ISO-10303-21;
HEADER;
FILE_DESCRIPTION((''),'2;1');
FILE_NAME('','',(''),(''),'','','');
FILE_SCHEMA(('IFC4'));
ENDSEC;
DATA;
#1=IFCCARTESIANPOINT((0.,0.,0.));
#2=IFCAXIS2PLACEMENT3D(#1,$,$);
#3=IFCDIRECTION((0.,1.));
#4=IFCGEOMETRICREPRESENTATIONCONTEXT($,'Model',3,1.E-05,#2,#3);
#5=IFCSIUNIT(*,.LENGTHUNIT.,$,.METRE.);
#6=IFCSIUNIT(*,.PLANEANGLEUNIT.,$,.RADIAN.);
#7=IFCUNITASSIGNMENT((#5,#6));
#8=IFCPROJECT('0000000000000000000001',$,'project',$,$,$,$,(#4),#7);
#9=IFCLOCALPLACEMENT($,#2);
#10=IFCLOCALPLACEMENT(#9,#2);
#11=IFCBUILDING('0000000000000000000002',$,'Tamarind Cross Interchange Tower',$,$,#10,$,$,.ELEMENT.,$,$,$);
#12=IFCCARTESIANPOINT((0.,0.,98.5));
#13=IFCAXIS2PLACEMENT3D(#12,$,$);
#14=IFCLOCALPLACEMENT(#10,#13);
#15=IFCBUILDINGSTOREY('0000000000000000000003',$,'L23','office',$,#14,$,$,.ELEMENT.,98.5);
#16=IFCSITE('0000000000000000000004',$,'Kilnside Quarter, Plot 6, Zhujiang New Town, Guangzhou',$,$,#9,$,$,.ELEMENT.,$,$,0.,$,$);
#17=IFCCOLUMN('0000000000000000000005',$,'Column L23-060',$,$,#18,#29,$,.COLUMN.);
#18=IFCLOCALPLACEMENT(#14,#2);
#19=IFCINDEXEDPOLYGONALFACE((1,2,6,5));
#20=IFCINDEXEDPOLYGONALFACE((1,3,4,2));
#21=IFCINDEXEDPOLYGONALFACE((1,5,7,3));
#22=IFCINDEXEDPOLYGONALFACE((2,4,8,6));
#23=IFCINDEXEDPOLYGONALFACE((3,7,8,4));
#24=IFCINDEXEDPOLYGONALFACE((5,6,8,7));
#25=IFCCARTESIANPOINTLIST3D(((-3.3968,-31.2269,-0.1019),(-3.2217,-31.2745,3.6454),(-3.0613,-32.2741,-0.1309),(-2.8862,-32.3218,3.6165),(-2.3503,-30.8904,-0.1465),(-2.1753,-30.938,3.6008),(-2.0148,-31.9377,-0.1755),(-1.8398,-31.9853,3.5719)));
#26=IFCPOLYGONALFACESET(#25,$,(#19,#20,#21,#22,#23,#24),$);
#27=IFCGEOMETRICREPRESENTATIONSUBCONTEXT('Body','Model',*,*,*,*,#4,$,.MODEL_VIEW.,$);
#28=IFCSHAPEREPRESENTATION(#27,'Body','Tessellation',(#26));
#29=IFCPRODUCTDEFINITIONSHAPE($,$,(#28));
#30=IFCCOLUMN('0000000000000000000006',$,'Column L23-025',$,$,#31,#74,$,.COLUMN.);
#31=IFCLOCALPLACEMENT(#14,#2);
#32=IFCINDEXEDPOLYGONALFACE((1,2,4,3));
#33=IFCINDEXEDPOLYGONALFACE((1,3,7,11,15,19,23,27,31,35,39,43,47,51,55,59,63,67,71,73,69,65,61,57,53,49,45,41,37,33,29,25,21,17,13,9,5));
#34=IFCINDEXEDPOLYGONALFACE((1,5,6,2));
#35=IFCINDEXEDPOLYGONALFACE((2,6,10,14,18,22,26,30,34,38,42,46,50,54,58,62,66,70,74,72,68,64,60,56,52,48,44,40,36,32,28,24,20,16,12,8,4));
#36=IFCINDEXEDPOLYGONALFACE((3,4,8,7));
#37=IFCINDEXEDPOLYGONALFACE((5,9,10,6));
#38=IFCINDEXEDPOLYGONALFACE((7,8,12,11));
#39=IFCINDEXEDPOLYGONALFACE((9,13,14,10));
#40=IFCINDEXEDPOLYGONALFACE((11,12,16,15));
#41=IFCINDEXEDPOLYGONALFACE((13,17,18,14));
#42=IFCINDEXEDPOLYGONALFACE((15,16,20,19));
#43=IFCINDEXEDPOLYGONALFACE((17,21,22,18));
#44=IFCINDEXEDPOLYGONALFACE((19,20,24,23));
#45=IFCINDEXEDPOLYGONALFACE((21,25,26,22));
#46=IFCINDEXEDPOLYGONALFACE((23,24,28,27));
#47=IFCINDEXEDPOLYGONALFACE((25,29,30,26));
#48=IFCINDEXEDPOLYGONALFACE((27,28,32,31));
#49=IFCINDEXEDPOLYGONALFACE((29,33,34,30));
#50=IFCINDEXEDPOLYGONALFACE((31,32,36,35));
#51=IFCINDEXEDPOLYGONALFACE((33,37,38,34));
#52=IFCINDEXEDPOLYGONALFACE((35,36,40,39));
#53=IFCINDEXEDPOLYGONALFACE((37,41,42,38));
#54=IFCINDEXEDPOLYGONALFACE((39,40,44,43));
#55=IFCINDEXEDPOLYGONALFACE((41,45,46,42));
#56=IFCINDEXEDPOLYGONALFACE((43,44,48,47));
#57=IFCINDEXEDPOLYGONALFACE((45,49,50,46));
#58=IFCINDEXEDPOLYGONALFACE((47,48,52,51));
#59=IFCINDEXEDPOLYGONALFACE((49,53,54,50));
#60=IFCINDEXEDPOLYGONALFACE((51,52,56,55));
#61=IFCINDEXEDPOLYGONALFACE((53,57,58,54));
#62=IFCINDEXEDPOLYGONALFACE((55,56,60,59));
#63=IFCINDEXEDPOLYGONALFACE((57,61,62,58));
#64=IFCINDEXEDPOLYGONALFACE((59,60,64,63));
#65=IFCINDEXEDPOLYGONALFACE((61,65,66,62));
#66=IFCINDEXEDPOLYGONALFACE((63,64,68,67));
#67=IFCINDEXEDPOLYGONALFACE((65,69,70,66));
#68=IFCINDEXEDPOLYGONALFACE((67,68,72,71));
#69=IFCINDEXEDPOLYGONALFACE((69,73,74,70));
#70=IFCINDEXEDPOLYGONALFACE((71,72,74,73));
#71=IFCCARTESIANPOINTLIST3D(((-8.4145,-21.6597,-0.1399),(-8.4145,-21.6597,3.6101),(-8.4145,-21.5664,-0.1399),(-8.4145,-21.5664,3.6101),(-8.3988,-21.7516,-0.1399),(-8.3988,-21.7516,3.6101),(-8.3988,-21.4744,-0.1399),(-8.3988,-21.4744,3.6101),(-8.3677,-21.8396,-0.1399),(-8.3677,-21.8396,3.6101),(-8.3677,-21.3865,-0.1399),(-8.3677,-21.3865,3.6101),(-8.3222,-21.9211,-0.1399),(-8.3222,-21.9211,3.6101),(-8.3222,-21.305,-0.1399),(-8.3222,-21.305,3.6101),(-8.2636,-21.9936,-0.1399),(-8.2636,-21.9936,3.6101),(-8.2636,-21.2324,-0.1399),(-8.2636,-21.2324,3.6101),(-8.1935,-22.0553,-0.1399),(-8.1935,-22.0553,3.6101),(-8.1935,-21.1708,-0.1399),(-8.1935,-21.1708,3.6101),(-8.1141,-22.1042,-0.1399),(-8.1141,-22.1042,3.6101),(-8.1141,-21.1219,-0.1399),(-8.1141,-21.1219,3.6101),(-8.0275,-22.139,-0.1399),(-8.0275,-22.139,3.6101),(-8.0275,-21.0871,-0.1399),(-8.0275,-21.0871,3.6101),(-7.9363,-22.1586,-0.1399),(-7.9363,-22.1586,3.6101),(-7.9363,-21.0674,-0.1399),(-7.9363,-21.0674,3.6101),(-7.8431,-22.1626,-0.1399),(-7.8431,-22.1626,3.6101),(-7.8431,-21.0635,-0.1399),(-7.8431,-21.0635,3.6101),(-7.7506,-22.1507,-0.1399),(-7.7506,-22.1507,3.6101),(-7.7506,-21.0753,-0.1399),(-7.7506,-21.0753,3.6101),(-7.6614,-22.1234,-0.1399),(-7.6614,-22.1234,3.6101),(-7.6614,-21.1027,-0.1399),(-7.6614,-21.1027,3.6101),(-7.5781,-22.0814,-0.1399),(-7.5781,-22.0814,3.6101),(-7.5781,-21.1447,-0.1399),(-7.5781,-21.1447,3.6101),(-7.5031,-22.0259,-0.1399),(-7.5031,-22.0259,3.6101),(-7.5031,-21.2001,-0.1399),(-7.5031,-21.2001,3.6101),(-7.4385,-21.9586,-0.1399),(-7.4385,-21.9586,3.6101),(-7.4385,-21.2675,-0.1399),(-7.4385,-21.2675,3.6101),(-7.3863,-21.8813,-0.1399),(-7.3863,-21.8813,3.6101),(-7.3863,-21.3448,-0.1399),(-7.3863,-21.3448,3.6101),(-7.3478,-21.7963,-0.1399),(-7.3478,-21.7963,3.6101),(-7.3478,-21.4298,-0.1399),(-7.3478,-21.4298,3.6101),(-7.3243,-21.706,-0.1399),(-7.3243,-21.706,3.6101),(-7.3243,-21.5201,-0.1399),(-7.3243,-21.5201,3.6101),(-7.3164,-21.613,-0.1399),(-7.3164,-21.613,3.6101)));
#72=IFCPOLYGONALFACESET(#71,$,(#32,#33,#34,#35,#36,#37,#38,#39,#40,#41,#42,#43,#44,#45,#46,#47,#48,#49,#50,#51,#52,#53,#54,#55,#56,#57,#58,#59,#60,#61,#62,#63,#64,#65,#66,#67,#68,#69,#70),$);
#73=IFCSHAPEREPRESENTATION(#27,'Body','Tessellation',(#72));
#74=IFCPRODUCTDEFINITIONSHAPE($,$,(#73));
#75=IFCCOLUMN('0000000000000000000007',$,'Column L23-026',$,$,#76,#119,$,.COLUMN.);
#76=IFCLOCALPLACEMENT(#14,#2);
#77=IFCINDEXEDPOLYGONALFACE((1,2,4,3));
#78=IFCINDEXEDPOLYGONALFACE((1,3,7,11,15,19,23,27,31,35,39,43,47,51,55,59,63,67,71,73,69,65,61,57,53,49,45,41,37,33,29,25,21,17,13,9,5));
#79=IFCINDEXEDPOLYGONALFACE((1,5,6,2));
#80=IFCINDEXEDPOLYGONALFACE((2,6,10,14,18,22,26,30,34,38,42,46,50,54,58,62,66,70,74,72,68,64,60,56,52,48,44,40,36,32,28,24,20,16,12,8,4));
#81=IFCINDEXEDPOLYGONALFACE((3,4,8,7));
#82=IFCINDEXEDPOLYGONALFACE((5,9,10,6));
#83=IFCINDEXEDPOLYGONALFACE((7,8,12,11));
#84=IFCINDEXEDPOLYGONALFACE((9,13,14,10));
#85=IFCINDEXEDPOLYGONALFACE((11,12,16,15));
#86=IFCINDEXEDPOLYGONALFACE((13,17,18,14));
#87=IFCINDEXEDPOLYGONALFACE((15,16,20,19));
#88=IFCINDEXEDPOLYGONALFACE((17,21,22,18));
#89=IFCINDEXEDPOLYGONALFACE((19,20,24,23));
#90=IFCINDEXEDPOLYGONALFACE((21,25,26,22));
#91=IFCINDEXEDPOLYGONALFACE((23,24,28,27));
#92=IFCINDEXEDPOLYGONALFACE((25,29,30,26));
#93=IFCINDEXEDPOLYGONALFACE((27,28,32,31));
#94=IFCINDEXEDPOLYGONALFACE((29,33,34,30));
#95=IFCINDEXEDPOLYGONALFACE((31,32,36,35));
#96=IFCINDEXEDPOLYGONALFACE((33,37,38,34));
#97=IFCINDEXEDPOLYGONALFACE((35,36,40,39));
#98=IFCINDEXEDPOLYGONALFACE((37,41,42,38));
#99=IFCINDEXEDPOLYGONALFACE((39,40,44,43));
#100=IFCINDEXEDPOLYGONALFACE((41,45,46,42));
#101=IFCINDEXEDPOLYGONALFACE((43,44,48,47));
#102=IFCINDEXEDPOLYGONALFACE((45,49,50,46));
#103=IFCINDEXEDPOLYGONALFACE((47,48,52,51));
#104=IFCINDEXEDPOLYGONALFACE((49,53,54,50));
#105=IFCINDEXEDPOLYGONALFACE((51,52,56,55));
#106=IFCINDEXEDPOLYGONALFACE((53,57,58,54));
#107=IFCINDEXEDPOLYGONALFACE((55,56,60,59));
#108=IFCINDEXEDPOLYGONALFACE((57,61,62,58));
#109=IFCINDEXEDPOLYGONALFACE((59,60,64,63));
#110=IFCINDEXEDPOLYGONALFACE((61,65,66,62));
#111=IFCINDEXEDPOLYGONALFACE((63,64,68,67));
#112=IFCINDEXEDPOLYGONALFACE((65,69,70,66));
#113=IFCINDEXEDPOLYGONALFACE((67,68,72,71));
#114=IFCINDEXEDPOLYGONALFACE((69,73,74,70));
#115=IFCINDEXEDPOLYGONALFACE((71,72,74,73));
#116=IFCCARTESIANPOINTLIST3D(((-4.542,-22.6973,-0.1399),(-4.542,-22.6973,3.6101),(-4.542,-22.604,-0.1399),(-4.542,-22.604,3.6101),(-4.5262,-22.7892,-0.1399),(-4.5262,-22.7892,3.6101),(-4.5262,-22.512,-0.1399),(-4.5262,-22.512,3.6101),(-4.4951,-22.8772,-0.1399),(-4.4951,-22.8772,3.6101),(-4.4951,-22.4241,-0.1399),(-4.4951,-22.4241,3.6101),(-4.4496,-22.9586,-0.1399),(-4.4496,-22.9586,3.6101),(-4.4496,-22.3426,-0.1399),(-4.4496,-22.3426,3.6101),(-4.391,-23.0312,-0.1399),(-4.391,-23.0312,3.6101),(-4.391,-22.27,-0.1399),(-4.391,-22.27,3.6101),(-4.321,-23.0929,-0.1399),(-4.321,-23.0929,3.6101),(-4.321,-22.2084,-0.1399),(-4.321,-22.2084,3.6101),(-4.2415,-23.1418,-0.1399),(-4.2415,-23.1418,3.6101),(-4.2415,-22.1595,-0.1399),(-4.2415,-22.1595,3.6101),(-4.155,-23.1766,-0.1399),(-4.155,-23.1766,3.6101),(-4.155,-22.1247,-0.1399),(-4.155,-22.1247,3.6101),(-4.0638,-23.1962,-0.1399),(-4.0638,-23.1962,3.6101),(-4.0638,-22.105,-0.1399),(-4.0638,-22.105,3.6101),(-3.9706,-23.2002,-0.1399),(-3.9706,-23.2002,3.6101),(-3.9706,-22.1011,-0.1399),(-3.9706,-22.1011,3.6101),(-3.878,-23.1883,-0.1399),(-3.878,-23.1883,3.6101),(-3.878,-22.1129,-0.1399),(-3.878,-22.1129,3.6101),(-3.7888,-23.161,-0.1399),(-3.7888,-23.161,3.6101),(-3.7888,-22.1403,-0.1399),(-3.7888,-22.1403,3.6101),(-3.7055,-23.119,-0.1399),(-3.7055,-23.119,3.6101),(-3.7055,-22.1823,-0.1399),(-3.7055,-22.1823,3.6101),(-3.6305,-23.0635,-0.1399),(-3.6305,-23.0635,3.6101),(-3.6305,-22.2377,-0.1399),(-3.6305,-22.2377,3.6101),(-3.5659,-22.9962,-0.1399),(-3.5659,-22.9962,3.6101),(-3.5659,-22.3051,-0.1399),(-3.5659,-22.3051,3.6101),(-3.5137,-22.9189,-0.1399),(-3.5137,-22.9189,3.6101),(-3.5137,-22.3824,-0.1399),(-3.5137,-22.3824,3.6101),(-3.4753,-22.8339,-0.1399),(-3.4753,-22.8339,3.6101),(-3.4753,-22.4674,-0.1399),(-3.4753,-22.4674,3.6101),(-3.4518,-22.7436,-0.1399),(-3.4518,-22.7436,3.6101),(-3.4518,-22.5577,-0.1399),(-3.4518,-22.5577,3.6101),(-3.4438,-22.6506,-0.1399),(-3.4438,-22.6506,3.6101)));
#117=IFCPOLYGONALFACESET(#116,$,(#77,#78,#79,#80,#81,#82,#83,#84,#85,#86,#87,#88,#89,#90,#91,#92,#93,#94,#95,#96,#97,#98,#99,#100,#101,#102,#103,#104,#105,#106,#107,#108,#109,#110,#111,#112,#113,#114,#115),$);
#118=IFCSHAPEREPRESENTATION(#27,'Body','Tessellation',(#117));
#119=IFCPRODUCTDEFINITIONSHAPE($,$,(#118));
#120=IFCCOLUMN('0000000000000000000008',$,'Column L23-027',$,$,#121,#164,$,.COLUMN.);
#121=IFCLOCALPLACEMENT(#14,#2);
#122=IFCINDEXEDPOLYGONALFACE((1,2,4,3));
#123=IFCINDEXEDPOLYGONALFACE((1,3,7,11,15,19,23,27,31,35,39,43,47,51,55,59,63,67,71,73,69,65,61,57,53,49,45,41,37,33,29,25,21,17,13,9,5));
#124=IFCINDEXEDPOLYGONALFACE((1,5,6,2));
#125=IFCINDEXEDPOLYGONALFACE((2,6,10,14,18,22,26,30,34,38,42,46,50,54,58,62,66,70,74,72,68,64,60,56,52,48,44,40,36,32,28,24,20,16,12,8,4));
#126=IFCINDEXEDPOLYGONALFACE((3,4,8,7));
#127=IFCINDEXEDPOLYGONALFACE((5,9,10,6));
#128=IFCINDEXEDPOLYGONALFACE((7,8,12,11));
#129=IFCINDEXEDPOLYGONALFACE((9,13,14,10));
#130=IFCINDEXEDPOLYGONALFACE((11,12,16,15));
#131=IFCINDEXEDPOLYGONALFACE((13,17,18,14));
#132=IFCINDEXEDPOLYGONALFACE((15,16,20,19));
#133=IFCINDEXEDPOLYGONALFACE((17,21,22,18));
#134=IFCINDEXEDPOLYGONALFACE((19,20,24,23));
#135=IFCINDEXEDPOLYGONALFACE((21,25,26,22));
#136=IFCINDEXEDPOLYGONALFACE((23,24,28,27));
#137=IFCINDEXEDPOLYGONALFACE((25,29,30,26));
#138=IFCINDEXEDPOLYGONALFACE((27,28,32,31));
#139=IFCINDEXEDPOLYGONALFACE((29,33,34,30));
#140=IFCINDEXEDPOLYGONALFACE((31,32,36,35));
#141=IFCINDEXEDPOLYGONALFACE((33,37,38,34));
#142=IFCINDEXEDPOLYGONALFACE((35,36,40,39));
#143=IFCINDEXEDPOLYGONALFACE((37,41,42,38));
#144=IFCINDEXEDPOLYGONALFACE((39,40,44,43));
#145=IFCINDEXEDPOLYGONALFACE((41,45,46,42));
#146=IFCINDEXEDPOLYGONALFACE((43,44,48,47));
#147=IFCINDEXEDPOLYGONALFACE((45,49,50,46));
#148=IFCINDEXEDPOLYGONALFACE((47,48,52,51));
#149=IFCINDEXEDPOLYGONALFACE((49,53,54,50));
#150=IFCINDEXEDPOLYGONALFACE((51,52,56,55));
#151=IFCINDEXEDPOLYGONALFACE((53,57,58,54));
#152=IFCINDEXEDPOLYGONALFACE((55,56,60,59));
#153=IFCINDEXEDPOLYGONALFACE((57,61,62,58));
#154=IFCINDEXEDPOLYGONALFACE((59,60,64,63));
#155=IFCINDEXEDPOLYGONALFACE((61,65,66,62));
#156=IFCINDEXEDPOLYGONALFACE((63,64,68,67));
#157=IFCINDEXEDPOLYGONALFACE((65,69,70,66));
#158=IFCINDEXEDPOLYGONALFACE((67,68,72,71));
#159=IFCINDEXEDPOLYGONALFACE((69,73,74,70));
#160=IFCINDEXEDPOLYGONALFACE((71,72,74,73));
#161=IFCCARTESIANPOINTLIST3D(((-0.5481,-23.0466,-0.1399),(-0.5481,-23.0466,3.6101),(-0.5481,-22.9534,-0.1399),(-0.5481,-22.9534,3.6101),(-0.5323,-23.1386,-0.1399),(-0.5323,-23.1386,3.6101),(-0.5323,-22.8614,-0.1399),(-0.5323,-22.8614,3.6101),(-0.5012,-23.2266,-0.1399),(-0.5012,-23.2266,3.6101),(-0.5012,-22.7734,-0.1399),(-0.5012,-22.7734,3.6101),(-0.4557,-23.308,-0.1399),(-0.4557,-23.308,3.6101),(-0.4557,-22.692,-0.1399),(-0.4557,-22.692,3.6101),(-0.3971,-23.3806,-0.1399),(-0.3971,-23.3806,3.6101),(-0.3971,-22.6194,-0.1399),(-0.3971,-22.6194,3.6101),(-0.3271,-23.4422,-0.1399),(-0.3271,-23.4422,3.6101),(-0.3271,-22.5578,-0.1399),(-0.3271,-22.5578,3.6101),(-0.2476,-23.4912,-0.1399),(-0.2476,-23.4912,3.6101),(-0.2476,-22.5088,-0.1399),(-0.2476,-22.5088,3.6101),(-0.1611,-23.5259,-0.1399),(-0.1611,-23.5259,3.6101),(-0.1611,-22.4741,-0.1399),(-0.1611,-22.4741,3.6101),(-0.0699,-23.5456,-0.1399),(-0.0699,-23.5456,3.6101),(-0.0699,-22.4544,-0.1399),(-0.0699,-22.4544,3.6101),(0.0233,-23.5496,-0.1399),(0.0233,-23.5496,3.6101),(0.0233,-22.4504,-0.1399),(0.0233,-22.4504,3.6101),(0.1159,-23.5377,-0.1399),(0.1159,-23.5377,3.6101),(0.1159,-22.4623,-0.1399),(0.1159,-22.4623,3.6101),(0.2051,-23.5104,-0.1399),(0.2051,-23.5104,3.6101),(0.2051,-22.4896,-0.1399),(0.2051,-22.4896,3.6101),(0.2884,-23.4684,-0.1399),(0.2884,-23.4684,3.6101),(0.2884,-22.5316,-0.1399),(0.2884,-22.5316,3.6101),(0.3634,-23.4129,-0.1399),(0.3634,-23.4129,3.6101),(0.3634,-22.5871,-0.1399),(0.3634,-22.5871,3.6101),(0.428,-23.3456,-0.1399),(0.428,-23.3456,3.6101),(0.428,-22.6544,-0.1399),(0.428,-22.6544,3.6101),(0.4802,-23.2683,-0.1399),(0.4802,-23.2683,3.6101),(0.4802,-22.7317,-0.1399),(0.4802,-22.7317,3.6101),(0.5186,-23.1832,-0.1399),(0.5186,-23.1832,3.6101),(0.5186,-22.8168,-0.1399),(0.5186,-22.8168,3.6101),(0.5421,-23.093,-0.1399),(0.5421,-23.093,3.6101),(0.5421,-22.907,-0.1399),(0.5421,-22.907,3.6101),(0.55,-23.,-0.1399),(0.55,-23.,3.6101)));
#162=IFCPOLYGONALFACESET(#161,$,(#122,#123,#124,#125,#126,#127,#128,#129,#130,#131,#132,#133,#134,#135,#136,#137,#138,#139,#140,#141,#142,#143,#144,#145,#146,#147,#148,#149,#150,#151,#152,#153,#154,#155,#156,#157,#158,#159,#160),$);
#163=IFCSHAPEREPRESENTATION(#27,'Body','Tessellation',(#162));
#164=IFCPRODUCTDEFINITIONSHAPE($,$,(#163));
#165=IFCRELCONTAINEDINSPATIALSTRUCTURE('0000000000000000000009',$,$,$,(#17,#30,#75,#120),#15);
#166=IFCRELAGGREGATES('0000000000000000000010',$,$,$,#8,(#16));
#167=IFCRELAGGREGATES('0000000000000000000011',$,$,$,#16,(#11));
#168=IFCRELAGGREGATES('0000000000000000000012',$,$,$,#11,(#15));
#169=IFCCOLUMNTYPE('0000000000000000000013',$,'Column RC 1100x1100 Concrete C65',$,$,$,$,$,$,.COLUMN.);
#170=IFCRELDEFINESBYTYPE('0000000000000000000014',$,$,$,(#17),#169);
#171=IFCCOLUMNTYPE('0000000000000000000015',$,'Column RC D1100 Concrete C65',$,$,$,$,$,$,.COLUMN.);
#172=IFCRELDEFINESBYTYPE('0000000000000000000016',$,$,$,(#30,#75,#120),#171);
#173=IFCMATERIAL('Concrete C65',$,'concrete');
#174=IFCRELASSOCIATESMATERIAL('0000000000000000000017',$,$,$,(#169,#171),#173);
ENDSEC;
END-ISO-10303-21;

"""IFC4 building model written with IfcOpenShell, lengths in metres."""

from ifc_helpers import new_model, si_unit, direction, frame, origin, origin_2d, place, context, subcontext, project, spatial, rectangle, circle, extrude, material, material_profile, profile_set, type_object, element, save


model = new_model("IFC4")

# Units and contexts
model_context = context("Model", 3, precision=1e-05, world=origin(), true_north=direction((0.0, 1.0)))
body_context = subcontext(model_context, "Body", "Model", "MODEL_VIEW")
ifc_project = project(units=[si_unit("LENGTHUNIT", "METRE"), si_unit("PLANEANGLEUNIT", "RADIAN")], contexts=[model_context])

# Site, building, storey
site_placement = place(None, origin())
site = spatial("IfcSite", under=ifc_project, at=site_placement, Name="Kilnside Quarter, Plot 6, Zhujiang New Town, Guangzhou", CompositionType="ELEMENT", RefElevation=0.0)
building_placement = place(site_placement, origin())
building = spatial("IfcBuilding", under=site, at=building_placement, Name="Tamarind Cross Interchange Tower", CompositionType="ELEMENT")
storey_placement = place(building_placement, frame((0.0, 0.0, 98.5)))
storey = spatial("IfcBuildingStorey", under=building, at=storey_placement, Name="L23", Description="office", CompositionType="ELEMENT", Elevation=98.5)

# Columns
ifc_material_1 = material(Name="Concrete C65", Category="concrete")
ifc_material_profile_1 = material_profile(ifc_material_1, rectangle(XDim=1.1001, YDim=1.1001, at=origin_2d()), Name="RC 1100x1100")
ifc_profile_set_1 = profile_set([ifc_material_profile_1], Name="Concrete C65")
column_type_1 = type_object("IfcColumnType", Name="Column RC 1100x1100 Concrete C65", PredefinedType="COLUMN", material=ifc_profile_set_1)
column_placement = place(storey_placement, frame((-2.7058, -31.5823, -0.1387), z_axis=(0.046659, -0.01269, 0.99883), x_axis=(-0.304973, 0.951997, 0.026341)))
element("IfcColumn", 1, at=column_placement, inside=storey, type_object=column_type_1, Name="Column L23-060", PredefinedType="COLUMN", context=body_context, shape_type="SweptSolid", body=[
    extrude(rectangle(XDim=1.1001, YDim=1.1001, at=origin_2d()), origin(), (0.0, 0.0, 1.0), 3.7517),
])
ifc_material_profile_2 = material_profile(ifc_material_1, circle(Radius=0.55, at=origin_2d()), Name="RC D1100")
ifc_profile_set_2 = profile_set([ifc_material_profile_2], Name="Concrete C65")
column_type_2 = type_object("IfcColumnType", Name="Column RC D1100 Concrete C65", PredefinedType="COLUMN", material=ifc_profile_set_2)
for number, where, z_axis, x_axis, name in (
    (2, (-7.8665, -21.613, -0.1399), (0.0, 0.0, 1.0), (1.0, 0.0, 0.0), "Column L23-025"),
    (3, (-3.9939, -22.6506, -0.1399), (0.0, 0.0, 1.0), (1.0, 0.0, 0.0), "Column L23-026"),
    (4, (0.0, -23.0, -0.1399), (0.0, 0.0, 1.0), (1.0, 0.0, 0.0), "Column L23-027"),
):
    element("IfcColumn", number, at=place(storey_placement, frame(where, z_axis=z_axis, x_axis=x_axis)), inside=storey, type_object=column_type_2, Name=name, PredefinedType="COLUMN", context=body_context, shape_type="SweptSolid", body=[
        extrude(circle(Radius=0.55, at=origin_2d()), origin(), (0.0, 0.0, 1.0), 3.75),
    ])

save(model, "model.ifc")
